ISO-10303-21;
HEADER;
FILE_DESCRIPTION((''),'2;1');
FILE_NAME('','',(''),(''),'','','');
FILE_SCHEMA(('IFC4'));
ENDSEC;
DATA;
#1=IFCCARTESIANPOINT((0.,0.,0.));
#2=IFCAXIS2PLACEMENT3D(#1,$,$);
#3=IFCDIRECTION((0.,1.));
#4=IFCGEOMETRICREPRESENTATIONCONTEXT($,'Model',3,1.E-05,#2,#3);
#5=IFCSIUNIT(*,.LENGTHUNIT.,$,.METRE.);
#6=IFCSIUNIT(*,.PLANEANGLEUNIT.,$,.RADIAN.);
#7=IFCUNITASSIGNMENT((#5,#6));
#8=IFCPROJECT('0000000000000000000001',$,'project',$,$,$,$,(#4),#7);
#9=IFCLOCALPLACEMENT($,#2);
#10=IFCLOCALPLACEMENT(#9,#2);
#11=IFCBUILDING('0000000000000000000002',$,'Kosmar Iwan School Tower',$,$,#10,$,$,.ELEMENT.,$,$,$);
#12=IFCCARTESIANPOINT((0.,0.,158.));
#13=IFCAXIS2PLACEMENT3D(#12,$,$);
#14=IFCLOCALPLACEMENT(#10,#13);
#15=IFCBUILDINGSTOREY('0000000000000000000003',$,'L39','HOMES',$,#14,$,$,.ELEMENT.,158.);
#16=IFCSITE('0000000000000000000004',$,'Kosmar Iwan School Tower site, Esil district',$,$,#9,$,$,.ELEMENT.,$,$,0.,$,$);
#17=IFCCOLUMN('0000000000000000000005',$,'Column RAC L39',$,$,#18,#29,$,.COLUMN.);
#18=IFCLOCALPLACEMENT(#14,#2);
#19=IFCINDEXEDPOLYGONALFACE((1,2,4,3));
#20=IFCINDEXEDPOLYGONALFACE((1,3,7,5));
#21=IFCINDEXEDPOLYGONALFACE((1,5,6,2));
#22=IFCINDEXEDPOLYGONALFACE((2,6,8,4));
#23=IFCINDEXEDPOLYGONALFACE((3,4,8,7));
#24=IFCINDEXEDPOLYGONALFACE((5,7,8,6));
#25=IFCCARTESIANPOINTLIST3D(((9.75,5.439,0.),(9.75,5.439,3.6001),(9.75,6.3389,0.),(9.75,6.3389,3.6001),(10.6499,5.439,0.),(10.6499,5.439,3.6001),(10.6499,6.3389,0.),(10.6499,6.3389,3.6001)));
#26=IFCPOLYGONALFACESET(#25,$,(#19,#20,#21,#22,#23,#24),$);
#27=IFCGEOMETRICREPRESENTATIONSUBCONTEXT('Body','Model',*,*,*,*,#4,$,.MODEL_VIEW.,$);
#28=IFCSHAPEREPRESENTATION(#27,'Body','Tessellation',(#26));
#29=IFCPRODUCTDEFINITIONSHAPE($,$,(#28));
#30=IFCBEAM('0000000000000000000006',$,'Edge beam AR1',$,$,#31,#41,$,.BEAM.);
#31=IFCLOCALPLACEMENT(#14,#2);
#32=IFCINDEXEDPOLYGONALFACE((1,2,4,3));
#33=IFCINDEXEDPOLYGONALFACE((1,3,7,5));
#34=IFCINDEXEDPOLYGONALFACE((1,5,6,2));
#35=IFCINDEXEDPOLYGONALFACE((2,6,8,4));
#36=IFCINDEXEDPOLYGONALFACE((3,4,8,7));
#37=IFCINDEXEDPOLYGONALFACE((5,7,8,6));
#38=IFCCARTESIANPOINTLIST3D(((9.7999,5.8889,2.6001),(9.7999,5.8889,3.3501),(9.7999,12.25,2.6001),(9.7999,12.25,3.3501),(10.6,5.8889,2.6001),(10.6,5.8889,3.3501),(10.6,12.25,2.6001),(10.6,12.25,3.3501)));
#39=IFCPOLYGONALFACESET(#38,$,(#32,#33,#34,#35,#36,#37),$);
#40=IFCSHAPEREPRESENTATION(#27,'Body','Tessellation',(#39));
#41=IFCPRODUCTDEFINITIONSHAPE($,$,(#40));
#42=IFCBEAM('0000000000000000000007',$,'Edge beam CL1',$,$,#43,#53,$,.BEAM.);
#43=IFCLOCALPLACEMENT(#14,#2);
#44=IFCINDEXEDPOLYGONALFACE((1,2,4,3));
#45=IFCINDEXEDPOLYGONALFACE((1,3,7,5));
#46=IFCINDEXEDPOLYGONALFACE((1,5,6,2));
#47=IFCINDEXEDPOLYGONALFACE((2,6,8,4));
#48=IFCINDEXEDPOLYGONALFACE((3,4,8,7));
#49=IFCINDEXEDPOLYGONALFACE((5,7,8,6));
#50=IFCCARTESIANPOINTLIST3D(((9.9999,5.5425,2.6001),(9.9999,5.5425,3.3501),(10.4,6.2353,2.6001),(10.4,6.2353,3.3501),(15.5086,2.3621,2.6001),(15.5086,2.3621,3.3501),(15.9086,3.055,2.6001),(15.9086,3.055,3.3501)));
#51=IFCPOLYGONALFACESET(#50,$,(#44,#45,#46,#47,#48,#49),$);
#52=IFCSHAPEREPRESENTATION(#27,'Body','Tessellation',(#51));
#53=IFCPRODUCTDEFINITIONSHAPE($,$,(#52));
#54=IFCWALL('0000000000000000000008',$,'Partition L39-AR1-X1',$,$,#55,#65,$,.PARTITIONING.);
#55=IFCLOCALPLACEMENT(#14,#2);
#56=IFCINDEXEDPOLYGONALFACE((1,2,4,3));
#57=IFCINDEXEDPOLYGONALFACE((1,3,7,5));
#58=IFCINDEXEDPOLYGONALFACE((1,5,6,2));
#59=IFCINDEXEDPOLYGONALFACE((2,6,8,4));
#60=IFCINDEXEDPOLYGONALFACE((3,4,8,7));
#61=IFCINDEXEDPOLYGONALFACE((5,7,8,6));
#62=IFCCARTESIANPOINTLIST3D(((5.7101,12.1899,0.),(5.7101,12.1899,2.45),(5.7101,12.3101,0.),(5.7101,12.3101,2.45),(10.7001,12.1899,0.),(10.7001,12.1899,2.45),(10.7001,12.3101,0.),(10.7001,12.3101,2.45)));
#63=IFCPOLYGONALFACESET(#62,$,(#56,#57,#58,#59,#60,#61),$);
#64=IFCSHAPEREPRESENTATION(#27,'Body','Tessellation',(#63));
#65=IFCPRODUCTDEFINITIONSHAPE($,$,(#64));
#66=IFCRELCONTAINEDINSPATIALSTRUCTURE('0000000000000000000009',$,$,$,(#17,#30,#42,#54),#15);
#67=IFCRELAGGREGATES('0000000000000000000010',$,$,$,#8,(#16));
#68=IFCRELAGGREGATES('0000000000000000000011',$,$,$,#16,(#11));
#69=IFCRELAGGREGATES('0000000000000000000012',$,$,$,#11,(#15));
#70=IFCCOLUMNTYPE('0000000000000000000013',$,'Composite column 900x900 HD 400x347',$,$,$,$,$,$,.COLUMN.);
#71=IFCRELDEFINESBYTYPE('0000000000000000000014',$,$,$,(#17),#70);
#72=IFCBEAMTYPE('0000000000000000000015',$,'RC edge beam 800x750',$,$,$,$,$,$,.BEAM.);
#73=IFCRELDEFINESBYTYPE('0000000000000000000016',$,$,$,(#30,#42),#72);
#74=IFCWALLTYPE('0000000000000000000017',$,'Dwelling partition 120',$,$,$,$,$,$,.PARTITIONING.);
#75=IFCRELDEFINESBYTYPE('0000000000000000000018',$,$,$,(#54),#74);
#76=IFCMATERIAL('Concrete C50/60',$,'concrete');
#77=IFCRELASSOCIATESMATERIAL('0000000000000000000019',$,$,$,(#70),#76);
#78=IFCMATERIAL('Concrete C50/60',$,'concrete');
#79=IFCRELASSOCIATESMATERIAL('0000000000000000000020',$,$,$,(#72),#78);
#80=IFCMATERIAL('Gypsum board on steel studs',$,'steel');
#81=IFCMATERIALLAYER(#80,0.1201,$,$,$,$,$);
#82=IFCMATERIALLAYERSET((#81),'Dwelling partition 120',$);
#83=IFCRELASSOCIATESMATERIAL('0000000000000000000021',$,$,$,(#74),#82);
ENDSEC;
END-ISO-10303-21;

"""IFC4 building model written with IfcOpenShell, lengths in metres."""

from ifc_helpers import new_model, si_unit, direction, frame, frame_2d, origin, origin_2d, place, context, subcontext, project, spatial, rectangle, extrude, material, layer, layer_set, material_profile, profile_set, type_object, element, save


model = new_model("IFC4")

# Units and contexts
model_context = context("Model", 3, precision=1e-05, world=origin(), true_north=direction((0.0, 1.0)))
body_context = subcontext(model_context, "Body", "Model", "MODEL_VIEW")
ifc_project = project(units=[si_unit("LENGTHUNIT", "METRE"), si_unit("PLANEANGLEUNIT", "RADIAN")], contexts=[model_context])

# Site, building, storey
site_placement = place(None, origin())
site = spatial("IfcSite", under=ifc_project, at=site_placement, Name="Kosmar Iwan School Tower site, Esil district", CompositionType="ELEMENT", RefElevation=0.0)
building_placement = place(site_placement, origin())
building = spatial("IfcBuilding", under=site, at=building_placement, Name="Kosmar Iwan School Tower", CompositionType="ELEMENT")
storey_placement = place(building_placement, frame((0.0, 0.0, 158.0)))
storey = spatial("IfcBuildingStorey", under=building, at=storey_placement, Name="L39", Description="HOMES", CompositionType="ELEMENT", Elevation=158.0)

# Column
ifc_material_1 = material(Name="Concrete C50/60", Category="concrete")
ifc_material_profile_1 = material_profile(ifc_material_1, rectangle(XDim=0.8999, YDim=0.8999, at=origin_2d()), Name="RC 900x900 + HD 400x347")
ifc_profile_set_1 = profile_set([ifc_material_profile_1], Name="Concrete C50/60")
column_type = type_object("IfcColumnType", Name="Composite column 900x900 HD 400x347", PredefinedType="COLUMN", material=ifc_profile_set_1)
column_placement = place(storey_placement, frame((10.2, 5.8889, 0.0), z_axis=(0.0, 0.0, 1.0), x_axis=(1.0, 0.0, 0.0)))
element("IfcColumn", 1, at=column_placement, inside=storey, type_object=column_type, Name="Column RAC L39", PredefinedType="COLUMN", context=body_context, shape_type="SweptSolid", body=[
    extrude(rectangle(XDim=0.8999, YDim=0.8999, at=origin_2d()), origin(), (0.0, 0.0, 1.0), 3.6001),
])

# Beams
ifc_material_2 = material(Name="Concrete C50/60", Category="concrete")
ifc_material_profile_2 = material_profile(ifc_material_2, rectangle(XDim=0.8, YDim=0.75, at=origin_2d()), Name="RC 800x750")
ifc_profile_set_2 = profile_set([ifc_material_profile_2], Name="Concrete C50/60")
beam_type = type_object("IfcBeamType", Name="RC edge beam 800x750", PredefinedType="BEAM", material=ifc_profile_set_2)
beam_1_placement = place(storey_placement, frame((10.2, 5.8889, 2.9751), z_axis=(0.0, 1.0, 0.0), x_axis=(-1.0, 0.0, 0.0)))
element("IfcBeam", 2, at=beam_1_placement, inside=storey, type_object=beam_type, Name="Edge beam AR1", PredefinedType="BEAM", context=body_context, shape_type="SweptSolid", body=[
    extrude(rectangle(XDim=0.8, YDim=0.75, at=origin_2d()), origin(), (0.0, 0.0, 1.0), 6.3611),
])
beam_2_placement = place(storey_placement, frame((10.2, 5.8889, 2.9751), z_axis=(0.866031, -0.49999, 0.0), x_axis=(0.49999, 0.866031, 0.0)))
element("IfcBeam", 3, at=beam_2_placement, inside=storey, type_object=beam_type, Name="Edge beam CL1", PredefinedType="BEAM", context=body_context, shape_type="SweptSolid", body=[
    extrude(rectangle(XDim=0.8, YDim=0.75, at=origin_2d()), origin(), (0.0, 0.0, 1.0), 6.3608),
])

# Wall
ifc_material_3 = material(Name="Gypsum board on steel studs", Category="steel")
ifc_layer_1 = layer(ifc_material_3, 0.1201)
ifc_layer_set_1 = layer_set([ifc_layer_1], Name="Dwelling partition 120")
wall_type_1 = type_object("IfcWallType", Name="Dwelling partition 120", PredefinedType="PARTITIONING", material=ifc_layer_set_1)
wall_1_placement = place(storey_placement, frame((5.71, 12.25, 0.0), z_axis=(0.0, 0.0, 1.0), x_axis=(1.0, 0.0, 0.0)))
element("IfcWall", 4, at=wall_1_placement, inside=storey, type_object=wall_type_1, Name="Partition L39-AR1-X1", PredefinedType="PARTITIONING", context=body_context, shape_type="SweptSolid", body=[
    extrude(rectangle(XDim=4.99, YDim=0.1201, at=frame_2d((2.4951, 0.0))), origin(), (0.0, 0.0, 1.0), 2.45),
])

save(model, "model.ifc")
